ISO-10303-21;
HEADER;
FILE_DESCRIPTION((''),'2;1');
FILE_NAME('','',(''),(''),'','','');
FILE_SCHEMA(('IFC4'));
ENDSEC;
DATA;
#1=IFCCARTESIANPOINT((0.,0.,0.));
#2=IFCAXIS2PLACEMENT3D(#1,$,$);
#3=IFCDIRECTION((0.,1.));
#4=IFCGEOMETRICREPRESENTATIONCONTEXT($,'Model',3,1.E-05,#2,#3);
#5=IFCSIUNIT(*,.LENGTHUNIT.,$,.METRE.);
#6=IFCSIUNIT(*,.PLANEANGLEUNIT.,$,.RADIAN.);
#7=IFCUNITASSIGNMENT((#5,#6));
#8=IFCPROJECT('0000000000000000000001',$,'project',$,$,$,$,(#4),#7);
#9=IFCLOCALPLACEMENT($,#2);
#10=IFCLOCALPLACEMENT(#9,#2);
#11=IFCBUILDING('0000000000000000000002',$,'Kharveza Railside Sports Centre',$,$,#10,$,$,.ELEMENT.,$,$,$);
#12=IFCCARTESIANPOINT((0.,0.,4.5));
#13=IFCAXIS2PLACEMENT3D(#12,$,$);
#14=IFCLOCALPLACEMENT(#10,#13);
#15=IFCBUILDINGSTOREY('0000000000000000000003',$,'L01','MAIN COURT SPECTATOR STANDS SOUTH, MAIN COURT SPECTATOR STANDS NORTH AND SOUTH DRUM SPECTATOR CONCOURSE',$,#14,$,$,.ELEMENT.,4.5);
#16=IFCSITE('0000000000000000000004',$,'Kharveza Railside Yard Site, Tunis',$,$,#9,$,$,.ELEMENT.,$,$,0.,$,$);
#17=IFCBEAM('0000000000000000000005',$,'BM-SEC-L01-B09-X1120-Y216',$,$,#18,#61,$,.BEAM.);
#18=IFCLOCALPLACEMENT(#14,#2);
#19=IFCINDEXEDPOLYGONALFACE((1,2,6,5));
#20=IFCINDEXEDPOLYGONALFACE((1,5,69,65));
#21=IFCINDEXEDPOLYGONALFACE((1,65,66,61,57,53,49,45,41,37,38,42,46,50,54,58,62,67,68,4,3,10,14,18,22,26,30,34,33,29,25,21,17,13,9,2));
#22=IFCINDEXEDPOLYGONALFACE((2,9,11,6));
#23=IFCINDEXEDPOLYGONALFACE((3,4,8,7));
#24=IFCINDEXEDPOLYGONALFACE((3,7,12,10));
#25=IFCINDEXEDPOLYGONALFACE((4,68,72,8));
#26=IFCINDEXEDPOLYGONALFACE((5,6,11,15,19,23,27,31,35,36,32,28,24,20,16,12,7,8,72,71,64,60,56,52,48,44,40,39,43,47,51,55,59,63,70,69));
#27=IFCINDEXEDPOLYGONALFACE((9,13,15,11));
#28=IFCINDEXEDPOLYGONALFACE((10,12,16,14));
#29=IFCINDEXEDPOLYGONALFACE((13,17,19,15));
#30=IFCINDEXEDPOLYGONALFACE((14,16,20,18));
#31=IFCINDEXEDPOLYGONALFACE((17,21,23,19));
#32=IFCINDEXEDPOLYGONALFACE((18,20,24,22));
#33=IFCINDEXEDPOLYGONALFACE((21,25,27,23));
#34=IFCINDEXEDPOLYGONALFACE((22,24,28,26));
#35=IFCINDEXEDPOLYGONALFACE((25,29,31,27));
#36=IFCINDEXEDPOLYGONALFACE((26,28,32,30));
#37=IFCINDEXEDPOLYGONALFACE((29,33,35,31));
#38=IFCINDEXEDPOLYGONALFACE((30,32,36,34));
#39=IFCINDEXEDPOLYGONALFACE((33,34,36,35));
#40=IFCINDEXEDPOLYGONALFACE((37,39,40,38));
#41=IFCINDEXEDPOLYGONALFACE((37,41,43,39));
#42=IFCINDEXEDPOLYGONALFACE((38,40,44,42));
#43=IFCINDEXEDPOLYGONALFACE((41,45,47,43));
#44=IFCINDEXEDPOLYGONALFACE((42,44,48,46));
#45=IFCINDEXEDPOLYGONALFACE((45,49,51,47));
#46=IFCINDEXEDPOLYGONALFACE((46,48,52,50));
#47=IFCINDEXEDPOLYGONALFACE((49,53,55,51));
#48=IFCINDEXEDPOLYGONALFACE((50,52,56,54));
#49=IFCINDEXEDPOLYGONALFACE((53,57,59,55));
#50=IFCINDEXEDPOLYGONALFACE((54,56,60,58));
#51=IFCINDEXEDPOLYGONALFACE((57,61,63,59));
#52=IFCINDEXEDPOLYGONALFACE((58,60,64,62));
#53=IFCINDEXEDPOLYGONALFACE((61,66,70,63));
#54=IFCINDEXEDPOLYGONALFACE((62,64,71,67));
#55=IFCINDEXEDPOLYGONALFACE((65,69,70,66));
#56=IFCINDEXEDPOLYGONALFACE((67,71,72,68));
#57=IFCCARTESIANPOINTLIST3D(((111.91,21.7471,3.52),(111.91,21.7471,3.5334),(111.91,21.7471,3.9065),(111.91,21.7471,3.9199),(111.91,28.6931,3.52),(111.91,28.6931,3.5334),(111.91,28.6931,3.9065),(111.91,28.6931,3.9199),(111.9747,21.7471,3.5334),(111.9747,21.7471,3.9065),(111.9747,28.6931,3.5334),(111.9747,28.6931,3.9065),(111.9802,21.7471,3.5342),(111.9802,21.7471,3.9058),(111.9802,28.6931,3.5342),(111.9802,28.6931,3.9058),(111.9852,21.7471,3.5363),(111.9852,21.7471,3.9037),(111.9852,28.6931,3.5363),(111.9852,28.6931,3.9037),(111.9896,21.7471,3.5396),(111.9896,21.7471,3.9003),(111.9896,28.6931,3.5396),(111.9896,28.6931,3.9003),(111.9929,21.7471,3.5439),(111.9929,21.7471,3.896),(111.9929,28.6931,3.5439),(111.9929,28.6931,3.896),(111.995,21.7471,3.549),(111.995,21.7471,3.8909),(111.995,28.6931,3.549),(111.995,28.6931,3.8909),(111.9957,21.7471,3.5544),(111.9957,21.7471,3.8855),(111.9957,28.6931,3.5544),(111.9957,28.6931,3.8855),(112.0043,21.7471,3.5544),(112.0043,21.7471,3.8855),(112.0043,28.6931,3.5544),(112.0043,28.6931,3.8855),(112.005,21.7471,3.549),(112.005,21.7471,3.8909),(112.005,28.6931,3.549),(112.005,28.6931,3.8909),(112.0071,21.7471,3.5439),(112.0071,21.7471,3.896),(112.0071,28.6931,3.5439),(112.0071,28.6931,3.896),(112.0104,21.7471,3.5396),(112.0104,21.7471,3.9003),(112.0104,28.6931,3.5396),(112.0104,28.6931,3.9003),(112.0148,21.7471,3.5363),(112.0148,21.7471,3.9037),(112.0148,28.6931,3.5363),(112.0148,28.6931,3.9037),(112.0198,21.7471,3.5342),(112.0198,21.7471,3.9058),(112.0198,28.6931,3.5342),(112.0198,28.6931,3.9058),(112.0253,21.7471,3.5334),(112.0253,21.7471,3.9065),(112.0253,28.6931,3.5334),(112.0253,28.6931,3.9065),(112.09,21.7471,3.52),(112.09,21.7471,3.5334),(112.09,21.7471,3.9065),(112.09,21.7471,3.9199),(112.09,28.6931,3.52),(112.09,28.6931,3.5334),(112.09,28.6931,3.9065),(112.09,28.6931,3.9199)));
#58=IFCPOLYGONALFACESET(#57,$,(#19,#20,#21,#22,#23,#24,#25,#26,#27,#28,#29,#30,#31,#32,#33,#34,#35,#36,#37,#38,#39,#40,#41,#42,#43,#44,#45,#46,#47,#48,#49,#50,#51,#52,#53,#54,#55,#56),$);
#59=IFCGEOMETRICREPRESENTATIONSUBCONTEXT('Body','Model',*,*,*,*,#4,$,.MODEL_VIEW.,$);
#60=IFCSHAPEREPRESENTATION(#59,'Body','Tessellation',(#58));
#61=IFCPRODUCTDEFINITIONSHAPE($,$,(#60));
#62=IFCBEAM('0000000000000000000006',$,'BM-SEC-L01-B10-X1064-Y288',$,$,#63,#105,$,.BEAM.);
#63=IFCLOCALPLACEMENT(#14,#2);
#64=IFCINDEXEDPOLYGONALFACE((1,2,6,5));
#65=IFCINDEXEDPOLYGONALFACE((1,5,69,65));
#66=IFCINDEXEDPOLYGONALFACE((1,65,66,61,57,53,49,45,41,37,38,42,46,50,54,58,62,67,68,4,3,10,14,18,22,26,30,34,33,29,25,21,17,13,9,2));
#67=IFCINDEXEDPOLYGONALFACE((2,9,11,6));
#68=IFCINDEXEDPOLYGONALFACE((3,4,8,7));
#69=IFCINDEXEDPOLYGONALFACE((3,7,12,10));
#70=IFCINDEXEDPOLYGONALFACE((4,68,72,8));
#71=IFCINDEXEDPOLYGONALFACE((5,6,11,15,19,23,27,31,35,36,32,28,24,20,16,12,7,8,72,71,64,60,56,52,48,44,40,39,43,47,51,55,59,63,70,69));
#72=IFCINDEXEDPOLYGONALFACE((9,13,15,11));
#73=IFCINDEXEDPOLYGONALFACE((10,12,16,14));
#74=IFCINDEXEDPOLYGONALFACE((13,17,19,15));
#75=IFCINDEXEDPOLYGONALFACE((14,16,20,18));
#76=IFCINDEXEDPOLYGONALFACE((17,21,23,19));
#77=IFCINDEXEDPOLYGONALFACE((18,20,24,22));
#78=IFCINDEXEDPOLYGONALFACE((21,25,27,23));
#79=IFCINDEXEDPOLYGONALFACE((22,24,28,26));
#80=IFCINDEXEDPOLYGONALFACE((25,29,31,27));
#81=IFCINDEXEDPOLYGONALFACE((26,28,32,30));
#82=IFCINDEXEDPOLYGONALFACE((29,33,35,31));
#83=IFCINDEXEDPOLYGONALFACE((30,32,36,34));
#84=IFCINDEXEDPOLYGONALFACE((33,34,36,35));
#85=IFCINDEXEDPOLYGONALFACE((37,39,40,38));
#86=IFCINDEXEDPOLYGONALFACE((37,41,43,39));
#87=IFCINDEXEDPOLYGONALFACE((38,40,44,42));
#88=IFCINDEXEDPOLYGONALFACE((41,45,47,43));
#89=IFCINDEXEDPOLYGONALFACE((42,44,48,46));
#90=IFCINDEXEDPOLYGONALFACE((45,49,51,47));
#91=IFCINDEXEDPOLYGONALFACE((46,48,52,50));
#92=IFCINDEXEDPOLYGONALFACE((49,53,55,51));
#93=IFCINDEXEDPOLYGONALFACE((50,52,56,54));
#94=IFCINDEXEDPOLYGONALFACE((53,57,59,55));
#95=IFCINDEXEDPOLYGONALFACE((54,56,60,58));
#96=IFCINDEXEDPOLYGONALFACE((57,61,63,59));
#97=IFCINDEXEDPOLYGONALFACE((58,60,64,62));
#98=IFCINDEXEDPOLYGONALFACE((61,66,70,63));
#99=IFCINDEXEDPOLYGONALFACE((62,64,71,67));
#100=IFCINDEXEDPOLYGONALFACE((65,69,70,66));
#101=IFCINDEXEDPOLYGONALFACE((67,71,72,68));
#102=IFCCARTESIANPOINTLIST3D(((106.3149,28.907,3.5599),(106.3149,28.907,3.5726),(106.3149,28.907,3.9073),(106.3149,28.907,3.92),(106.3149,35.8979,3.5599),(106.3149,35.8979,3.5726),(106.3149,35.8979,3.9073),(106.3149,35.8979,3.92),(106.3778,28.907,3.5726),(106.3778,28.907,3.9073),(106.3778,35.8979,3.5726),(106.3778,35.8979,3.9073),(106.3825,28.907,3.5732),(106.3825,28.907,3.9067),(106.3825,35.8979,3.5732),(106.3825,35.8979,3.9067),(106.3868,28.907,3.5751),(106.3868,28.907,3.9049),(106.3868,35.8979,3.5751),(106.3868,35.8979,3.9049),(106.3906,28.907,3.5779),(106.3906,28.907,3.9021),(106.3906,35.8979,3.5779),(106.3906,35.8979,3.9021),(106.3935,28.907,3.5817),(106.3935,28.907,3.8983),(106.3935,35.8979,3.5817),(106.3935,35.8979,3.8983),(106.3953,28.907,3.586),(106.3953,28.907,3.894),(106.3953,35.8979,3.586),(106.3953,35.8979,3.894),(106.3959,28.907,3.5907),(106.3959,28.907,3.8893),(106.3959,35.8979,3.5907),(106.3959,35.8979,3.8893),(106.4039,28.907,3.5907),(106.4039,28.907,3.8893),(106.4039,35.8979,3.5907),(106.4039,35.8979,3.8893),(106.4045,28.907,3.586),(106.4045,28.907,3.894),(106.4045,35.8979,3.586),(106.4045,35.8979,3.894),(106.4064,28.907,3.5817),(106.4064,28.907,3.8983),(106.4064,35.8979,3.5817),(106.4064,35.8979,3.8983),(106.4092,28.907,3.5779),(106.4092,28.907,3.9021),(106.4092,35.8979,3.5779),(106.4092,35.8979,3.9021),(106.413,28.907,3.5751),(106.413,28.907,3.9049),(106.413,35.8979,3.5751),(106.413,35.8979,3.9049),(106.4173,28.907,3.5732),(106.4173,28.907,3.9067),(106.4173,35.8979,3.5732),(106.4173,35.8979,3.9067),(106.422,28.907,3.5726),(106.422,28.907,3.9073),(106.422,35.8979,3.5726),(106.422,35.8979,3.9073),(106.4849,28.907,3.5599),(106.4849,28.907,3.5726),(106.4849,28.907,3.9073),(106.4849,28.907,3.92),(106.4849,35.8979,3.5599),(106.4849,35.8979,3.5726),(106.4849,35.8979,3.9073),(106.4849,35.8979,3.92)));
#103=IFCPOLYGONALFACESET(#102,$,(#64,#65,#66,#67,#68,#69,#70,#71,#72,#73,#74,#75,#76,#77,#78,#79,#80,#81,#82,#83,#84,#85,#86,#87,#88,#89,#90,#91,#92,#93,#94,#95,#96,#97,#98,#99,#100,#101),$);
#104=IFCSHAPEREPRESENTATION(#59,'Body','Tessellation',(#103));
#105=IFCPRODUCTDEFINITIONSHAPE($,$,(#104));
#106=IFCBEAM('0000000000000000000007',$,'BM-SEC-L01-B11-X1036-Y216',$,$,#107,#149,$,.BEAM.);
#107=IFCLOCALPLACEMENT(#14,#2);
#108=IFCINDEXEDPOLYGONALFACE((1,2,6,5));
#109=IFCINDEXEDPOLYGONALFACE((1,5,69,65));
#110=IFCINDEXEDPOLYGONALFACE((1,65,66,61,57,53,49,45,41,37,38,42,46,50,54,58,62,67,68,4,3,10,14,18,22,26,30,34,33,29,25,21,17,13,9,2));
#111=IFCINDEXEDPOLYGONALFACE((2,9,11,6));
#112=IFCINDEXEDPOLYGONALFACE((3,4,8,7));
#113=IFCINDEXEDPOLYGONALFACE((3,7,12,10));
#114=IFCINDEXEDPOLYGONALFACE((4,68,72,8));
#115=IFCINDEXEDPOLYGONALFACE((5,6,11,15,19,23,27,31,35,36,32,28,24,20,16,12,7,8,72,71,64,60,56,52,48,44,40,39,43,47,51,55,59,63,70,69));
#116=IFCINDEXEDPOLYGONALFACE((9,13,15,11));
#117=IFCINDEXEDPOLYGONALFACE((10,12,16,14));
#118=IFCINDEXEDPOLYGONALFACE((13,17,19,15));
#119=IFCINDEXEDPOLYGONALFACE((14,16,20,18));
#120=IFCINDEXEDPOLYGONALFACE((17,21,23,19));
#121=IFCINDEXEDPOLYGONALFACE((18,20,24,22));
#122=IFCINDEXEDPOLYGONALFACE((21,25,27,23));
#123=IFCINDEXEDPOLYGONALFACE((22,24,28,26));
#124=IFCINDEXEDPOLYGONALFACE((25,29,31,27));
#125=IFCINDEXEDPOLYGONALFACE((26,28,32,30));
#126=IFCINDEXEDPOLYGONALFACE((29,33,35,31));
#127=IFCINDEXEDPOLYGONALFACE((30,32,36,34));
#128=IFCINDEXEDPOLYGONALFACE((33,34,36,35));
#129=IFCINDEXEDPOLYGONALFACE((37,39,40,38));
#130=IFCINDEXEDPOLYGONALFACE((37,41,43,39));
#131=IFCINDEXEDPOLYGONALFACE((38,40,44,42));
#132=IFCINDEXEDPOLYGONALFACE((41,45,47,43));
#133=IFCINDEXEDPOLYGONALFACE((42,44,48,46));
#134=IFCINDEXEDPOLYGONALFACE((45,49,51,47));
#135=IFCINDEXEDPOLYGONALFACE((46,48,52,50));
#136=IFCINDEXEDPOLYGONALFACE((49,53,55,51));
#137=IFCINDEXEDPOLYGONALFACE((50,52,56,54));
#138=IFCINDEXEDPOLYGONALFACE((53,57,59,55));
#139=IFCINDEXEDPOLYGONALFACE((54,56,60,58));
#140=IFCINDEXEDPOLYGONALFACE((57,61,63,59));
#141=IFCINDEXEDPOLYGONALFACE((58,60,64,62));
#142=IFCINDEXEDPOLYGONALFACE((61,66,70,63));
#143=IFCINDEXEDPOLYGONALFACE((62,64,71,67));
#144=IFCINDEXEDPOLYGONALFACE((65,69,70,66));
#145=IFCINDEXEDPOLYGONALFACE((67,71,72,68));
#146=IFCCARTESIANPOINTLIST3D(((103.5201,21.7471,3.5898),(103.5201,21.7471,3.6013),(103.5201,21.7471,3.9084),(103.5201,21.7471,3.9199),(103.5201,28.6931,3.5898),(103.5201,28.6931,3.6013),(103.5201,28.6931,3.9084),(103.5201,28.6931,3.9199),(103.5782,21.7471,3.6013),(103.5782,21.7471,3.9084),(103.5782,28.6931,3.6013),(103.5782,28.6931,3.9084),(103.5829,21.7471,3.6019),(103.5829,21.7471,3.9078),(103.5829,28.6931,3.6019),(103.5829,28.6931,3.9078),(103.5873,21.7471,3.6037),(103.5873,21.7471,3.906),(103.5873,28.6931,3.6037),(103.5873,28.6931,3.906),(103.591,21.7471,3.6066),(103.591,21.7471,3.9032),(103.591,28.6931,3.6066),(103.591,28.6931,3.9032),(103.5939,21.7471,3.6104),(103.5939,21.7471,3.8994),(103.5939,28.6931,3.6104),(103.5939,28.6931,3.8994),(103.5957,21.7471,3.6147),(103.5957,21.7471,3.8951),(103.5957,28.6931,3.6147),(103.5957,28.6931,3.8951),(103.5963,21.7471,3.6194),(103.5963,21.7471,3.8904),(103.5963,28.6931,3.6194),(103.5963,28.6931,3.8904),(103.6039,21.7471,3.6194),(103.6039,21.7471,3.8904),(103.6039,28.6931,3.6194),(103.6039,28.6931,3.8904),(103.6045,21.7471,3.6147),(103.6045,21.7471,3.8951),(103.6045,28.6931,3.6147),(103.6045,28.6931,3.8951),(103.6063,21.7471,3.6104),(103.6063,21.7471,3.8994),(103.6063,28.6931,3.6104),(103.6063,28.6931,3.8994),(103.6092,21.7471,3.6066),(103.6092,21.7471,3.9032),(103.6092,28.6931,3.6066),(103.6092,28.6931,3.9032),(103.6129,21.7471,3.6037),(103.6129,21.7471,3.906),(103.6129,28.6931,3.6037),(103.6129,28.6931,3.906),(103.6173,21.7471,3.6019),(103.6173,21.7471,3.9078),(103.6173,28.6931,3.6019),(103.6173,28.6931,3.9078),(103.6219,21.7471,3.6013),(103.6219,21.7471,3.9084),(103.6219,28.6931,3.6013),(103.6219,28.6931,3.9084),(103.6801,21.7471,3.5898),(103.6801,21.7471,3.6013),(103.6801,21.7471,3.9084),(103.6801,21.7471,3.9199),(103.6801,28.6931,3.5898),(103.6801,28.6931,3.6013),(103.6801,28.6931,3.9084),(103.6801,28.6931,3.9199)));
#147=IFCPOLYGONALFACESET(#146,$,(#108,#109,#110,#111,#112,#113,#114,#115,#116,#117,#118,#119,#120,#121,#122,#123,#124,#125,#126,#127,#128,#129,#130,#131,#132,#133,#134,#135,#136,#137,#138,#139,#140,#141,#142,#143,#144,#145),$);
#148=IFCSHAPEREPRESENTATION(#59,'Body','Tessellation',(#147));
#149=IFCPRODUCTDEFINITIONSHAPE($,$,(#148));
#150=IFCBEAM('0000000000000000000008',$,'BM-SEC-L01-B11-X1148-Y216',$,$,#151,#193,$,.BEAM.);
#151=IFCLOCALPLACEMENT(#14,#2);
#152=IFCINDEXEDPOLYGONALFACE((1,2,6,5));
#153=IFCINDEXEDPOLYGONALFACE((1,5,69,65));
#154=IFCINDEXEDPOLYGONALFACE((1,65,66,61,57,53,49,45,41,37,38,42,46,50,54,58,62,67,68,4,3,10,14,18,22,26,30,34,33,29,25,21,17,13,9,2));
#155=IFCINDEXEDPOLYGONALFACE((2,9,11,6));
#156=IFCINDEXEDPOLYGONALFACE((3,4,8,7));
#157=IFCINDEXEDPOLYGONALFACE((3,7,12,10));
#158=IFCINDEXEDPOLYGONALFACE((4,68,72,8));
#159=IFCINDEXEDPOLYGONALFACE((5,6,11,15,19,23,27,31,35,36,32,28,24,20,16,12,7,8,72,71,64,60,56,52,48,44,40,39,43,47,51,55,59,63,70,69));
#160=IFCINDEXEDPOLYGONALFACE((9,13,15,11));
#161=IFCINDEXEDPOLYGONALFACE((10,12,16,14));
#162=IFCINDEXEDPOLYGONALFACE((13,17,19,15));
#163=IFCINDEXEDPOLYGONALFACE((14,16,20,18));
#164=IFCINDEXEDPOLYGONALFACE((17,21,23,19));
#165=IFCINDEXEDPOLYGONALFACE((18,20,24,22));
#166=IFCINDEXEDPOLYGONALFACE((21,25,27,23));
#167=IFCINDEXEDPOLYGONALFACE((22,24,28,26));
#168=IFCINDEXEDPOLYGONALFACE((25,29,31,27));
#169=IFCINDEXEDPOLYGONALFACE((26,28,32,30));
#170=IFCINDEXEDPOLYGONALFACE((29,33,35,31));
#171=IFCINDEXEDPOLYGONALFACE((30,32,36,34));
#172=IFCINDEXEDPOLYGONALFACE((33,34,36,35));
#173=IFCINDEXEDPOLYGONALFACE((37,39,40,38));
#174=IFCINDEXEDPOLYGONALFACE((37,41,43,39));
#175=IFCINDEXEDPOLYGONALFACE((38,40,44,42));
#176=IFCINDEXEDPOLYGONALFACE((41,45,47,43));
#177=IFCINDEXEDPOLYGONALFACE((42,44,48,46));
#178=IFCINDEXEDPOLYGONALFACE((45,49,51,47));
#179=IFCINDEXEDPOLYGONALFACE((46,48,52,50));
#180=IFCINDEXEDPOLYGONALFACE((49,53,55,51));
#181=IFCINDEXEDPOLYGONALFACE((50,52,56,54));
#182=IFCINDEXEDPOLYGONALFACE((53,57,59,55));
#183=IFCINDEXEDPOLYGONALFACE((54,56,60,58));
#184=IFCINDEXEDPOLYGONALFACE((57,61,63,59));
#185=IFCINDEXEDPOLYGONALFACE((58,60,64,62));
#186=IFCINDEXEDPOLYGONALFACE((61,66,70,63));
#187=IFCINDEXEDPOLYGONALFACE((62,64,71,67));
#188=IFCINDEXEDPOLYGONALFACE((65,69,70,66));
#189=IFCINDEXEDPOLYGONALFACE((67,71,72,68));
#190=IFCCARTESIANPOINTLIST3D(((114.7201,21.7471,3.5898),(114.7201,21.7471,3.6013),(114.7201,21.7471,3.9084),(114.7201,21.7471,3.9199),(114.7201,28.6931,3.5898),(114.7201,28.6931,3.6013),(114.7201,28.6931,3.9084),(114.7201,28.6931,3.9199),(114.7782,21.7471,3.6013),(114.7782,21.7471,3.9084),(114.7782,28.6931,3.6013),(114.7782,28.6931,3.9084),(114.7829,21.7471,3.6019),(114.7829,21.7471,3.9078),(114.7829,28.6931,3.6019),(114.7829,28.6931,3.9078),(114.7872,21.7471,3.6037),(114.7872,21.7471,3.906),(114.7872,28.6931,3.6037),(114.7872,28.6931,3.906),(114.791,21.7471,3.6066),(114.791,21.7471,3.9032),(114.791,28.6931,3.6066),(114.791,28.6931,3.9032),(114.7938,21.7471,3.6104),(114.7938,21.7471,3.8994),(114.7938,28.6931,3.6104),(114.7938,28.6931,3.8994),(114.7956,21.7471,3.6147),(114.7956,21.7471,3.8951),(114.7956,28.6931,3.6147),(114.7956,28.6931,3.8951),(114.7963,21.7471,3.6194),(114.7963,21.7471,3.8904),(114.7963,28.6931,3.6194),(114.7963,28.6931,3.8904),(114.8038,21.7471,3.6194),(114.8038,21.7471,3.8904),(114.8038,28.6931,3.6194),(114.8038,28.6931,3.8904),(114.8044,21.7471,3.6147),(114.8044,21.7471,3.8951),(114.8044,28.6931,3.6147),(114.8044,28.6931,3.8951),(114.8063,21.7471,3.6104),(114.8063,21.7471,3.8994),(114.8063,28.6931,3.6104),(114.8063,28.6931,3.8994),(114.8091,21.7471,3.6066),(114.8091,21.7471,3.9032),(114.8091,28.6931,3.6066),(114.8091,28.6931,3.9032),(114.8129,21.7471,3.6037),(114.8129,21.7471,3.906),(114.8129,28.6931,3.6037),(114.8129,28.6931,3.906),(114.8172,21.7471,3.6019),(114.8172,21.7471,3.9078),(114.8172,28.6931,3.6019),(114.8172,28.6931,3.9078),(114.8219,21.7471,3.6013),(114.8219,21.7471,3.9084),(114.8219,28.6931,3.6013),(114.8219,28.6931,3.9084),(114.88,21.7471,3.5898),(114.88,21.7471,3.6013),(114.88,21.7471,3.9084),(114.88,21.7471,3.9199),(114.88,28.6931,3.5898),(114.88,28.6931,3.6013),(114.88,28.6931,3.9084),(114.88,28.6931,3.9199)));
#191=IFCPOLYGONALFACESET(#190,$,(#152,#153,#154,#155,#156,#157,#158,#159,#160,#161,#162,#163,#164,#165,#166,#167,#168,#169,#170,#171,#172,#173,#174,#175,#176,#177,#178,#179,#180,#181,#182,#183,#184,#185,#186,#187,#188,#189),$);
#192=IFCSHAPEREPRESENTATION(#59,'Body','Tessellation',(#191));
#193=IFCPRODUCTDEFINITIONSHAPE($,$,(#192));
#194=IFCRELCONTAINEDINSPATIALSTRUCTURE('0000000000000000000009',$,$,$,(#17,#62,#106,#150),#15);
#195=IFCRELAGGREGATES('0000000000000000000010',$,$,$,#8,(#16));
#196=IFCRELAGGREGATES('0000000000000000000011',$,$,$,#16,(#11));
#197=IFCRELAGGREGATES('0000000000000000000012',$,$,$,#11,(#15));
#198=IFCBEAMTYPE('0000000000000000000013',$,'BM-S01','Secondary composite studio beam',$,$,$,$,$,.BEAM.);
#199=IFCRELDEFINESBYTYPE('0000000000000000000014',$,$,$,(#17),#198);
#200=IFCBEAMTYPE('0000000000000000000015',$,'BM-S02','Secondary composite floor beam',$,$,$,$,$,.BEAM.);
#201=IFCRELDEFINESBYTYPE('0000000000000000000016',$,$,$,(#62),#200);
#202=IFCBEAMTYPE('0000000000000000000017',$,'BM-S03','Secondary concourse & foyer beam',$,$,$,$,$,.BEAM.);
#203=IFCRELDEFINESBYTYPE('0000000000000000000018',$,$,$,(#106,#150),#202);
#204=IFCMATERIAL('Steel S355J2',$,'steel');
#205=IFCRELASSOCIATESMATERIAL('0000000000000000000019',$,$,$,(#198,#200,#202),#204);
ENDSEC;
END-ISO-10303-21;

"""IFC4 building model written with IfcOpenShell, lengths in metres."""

from ifc_helpers import new_model, si_unit, direction, frame, origin, origin_2d, place, context, subcontext, project, spatial, i_section, extrude, material, material_profile, profile_set, type_object, element, save


model = new_model("IFC4")

# Units and contexts
model_context = context("Model", 3, precision=1e-05, world=origin(), true_north=direction((0.0, 1.0)))
body_context = subcontext(model_context, "Body", "Model", "MODEL_VIEW")
ifc_project = project(units=[si_unit("LENGTHUNIT", "METRE"), si_unit("PLANEANGLEUNIT", "RADIAN")], contexts=[model_context])

# Site, building, storey
site_placement = place(None, origin())
site = spatial("IfcSite", under=ifc_project, at=site_placement, Name="Kharveza Railside Yard Site, Tunis", CompositionType="ELEMENT", RefElevation=0.0)
building_placement = place(site_placement, origin())
building = spatial("IfcBuilding", under=site, at=building_placement, Name="Kharveza Railside Sports Centre", CompositionType="ELEMENT")
storey_placement = place(building_placement, frame((0.0, 0.0, 4.5)))
storey = spatial("IfcBuildingStorey", under=building, at=storey_placement, Name="L01", Description="MAIN COURT SPECTATOR STANDS SOUTH, MAIN COURT SPECTATOR STANDS NORTH AND SOUTH DRUM SPECTATOR CONCOURSE", CompositionType="ELEMENT", Elevation=4.5)

# Shared definitions
ifc_material_1 = material(Name="Steel S355J2", Category="steel")

# Beams
ifc_material_profile_1 = material_profile(ifc_material_1, i_section(OverallWidth=0.1799, OverallDepth=0.3999, WebThickness=0.0085, FlangeThickness=0.0134, FilletRadius=0.021, at=origin_2d()), Name="IPE 400")
ifc_profile_set_1 = profile_set([ifc_material_profile_1], Name="Steel S355J2")
beam_type_1 = type_object("IfcBeamType", Name="BM-S01", Description="Secondary composite studio beam", PredefinedType="BEAM", material=ifc_profile_set_1)
beam_1_placement = place(storey_placement, frame((112.0, 21.7471, 3.72), z_axis=(0.0, 1.0, 0.0), x_axis=(-1.0, 0.0, 0.0)))
element("IfcBeam", 1, at=beam_1_placement, inside=storey, type_object=beam_type_1, Name="BM-SEC-L01-B09-X1120-Y216", PredefinedType="BEAM", context=body_context, shape_type="SweptSolid", body=[
    extrude(i_section(OverallWidth=0.1799, OverallDepth=0.3999, WebThickness=0.0085, FlangeThickness=0.0134, FilletRadius=0.021, at=origin_2d()), origin(), (0.0, 0.0, 1.0), 6.946),
])
ifc_material_profile_2 = material_profile(ifc_material_1, i_section(OverallWidth=0.1699, OverallDepth=0.3601, WebThickness=0.0081, FlangeThickness=0.0127, FilletRadius=0.0181, at=origin_2d()), Name="IPE 360")
ifc_profile_set_2 = profile_set([ifc_material_profile_2], Name="Steel S355J2")
beam_type_2 = type_object("IfcBeamType", Name="BM-S02", Description="Secondary composite floor beam", PredefinedType="BEAM", material=ifc_profile_set_2)
beam_2_placement = place(storey_placement, frame((106.3999, 28.907, 3.74), z_axis=(0.0, 1.0, 0.0), x_axis=(-1.0, 0.0, 0.0)))
element("IfcBeam", 2, at=beam_2_placement, inside=storey, type_object=beam_type_2, Name="BM-SEC-L01-B10-X1064-Y288", PredefinedType="BEAM", context=body_context, shape_type="SweptSolid", body=[
    extrude(i_section(OverallWidth=0.1699, OverallDepth=0.3601, WebThickness=0.0081, FlangeThickness=0.0127, FilletRadius=0.0181, at=origin_2d()), origin(), (0.0, 0.0, 1.0), 6.991),
])
ifc_material_profile_3 = material_profile(ifc_material_1, i_section(OverallWidth=0.1599, OverallDepth=0.3301, WebThickness=0.0076, FlangeThickness=0.0115, FilletRadius=0.0181, at=origin_2d()), Name="IPE 330")
ifc_profile_set_3 = profile_set([ifc_material_profile_3], Name="Steel S355J2")
beam_type_3 = type_object("IfcBeamType", Name="BM-S03", Description="Secondary concourse & foyer beam", PredefinedType="BEAM", material=ifc_profile_set_3)
for number, where, z_axis, x_axis, name in (
    (3, (103.6001, 21.7471, 3.7549), (0.0, 1.0, 0.0), (-1.0, 0.0, 0.0), "BM-SEC-L01-B11-X1036-Y216"),
    (4, (114.8, 21.7471, 3.7549), (0.0, 1.0, 0.0), (-1.0, 0.0, 0.0), "BM-SEC-L01-B11-X1148-Y216"),
):
    element("IfcBeam", number, at=place(storey_placement, frame(where, z_axis=z_axis, x_axis=x_axis)), inside=storey, type_object=beam_type_3, Name=name, PredefinedType="BEAM", context=body_context, shape_type="SweptSolid", body=[
        extrude(i_section(OverallWidth=0.1599, OverallDepth=0.3301, WebThickness=0.0076, FlangeThickness=0.0115, FilletRadius=0.0181, at=origin_2d()), origin(), (0.0, 0.0, 1.0), 6.946),
    ])

save(model, "model.ifc")
